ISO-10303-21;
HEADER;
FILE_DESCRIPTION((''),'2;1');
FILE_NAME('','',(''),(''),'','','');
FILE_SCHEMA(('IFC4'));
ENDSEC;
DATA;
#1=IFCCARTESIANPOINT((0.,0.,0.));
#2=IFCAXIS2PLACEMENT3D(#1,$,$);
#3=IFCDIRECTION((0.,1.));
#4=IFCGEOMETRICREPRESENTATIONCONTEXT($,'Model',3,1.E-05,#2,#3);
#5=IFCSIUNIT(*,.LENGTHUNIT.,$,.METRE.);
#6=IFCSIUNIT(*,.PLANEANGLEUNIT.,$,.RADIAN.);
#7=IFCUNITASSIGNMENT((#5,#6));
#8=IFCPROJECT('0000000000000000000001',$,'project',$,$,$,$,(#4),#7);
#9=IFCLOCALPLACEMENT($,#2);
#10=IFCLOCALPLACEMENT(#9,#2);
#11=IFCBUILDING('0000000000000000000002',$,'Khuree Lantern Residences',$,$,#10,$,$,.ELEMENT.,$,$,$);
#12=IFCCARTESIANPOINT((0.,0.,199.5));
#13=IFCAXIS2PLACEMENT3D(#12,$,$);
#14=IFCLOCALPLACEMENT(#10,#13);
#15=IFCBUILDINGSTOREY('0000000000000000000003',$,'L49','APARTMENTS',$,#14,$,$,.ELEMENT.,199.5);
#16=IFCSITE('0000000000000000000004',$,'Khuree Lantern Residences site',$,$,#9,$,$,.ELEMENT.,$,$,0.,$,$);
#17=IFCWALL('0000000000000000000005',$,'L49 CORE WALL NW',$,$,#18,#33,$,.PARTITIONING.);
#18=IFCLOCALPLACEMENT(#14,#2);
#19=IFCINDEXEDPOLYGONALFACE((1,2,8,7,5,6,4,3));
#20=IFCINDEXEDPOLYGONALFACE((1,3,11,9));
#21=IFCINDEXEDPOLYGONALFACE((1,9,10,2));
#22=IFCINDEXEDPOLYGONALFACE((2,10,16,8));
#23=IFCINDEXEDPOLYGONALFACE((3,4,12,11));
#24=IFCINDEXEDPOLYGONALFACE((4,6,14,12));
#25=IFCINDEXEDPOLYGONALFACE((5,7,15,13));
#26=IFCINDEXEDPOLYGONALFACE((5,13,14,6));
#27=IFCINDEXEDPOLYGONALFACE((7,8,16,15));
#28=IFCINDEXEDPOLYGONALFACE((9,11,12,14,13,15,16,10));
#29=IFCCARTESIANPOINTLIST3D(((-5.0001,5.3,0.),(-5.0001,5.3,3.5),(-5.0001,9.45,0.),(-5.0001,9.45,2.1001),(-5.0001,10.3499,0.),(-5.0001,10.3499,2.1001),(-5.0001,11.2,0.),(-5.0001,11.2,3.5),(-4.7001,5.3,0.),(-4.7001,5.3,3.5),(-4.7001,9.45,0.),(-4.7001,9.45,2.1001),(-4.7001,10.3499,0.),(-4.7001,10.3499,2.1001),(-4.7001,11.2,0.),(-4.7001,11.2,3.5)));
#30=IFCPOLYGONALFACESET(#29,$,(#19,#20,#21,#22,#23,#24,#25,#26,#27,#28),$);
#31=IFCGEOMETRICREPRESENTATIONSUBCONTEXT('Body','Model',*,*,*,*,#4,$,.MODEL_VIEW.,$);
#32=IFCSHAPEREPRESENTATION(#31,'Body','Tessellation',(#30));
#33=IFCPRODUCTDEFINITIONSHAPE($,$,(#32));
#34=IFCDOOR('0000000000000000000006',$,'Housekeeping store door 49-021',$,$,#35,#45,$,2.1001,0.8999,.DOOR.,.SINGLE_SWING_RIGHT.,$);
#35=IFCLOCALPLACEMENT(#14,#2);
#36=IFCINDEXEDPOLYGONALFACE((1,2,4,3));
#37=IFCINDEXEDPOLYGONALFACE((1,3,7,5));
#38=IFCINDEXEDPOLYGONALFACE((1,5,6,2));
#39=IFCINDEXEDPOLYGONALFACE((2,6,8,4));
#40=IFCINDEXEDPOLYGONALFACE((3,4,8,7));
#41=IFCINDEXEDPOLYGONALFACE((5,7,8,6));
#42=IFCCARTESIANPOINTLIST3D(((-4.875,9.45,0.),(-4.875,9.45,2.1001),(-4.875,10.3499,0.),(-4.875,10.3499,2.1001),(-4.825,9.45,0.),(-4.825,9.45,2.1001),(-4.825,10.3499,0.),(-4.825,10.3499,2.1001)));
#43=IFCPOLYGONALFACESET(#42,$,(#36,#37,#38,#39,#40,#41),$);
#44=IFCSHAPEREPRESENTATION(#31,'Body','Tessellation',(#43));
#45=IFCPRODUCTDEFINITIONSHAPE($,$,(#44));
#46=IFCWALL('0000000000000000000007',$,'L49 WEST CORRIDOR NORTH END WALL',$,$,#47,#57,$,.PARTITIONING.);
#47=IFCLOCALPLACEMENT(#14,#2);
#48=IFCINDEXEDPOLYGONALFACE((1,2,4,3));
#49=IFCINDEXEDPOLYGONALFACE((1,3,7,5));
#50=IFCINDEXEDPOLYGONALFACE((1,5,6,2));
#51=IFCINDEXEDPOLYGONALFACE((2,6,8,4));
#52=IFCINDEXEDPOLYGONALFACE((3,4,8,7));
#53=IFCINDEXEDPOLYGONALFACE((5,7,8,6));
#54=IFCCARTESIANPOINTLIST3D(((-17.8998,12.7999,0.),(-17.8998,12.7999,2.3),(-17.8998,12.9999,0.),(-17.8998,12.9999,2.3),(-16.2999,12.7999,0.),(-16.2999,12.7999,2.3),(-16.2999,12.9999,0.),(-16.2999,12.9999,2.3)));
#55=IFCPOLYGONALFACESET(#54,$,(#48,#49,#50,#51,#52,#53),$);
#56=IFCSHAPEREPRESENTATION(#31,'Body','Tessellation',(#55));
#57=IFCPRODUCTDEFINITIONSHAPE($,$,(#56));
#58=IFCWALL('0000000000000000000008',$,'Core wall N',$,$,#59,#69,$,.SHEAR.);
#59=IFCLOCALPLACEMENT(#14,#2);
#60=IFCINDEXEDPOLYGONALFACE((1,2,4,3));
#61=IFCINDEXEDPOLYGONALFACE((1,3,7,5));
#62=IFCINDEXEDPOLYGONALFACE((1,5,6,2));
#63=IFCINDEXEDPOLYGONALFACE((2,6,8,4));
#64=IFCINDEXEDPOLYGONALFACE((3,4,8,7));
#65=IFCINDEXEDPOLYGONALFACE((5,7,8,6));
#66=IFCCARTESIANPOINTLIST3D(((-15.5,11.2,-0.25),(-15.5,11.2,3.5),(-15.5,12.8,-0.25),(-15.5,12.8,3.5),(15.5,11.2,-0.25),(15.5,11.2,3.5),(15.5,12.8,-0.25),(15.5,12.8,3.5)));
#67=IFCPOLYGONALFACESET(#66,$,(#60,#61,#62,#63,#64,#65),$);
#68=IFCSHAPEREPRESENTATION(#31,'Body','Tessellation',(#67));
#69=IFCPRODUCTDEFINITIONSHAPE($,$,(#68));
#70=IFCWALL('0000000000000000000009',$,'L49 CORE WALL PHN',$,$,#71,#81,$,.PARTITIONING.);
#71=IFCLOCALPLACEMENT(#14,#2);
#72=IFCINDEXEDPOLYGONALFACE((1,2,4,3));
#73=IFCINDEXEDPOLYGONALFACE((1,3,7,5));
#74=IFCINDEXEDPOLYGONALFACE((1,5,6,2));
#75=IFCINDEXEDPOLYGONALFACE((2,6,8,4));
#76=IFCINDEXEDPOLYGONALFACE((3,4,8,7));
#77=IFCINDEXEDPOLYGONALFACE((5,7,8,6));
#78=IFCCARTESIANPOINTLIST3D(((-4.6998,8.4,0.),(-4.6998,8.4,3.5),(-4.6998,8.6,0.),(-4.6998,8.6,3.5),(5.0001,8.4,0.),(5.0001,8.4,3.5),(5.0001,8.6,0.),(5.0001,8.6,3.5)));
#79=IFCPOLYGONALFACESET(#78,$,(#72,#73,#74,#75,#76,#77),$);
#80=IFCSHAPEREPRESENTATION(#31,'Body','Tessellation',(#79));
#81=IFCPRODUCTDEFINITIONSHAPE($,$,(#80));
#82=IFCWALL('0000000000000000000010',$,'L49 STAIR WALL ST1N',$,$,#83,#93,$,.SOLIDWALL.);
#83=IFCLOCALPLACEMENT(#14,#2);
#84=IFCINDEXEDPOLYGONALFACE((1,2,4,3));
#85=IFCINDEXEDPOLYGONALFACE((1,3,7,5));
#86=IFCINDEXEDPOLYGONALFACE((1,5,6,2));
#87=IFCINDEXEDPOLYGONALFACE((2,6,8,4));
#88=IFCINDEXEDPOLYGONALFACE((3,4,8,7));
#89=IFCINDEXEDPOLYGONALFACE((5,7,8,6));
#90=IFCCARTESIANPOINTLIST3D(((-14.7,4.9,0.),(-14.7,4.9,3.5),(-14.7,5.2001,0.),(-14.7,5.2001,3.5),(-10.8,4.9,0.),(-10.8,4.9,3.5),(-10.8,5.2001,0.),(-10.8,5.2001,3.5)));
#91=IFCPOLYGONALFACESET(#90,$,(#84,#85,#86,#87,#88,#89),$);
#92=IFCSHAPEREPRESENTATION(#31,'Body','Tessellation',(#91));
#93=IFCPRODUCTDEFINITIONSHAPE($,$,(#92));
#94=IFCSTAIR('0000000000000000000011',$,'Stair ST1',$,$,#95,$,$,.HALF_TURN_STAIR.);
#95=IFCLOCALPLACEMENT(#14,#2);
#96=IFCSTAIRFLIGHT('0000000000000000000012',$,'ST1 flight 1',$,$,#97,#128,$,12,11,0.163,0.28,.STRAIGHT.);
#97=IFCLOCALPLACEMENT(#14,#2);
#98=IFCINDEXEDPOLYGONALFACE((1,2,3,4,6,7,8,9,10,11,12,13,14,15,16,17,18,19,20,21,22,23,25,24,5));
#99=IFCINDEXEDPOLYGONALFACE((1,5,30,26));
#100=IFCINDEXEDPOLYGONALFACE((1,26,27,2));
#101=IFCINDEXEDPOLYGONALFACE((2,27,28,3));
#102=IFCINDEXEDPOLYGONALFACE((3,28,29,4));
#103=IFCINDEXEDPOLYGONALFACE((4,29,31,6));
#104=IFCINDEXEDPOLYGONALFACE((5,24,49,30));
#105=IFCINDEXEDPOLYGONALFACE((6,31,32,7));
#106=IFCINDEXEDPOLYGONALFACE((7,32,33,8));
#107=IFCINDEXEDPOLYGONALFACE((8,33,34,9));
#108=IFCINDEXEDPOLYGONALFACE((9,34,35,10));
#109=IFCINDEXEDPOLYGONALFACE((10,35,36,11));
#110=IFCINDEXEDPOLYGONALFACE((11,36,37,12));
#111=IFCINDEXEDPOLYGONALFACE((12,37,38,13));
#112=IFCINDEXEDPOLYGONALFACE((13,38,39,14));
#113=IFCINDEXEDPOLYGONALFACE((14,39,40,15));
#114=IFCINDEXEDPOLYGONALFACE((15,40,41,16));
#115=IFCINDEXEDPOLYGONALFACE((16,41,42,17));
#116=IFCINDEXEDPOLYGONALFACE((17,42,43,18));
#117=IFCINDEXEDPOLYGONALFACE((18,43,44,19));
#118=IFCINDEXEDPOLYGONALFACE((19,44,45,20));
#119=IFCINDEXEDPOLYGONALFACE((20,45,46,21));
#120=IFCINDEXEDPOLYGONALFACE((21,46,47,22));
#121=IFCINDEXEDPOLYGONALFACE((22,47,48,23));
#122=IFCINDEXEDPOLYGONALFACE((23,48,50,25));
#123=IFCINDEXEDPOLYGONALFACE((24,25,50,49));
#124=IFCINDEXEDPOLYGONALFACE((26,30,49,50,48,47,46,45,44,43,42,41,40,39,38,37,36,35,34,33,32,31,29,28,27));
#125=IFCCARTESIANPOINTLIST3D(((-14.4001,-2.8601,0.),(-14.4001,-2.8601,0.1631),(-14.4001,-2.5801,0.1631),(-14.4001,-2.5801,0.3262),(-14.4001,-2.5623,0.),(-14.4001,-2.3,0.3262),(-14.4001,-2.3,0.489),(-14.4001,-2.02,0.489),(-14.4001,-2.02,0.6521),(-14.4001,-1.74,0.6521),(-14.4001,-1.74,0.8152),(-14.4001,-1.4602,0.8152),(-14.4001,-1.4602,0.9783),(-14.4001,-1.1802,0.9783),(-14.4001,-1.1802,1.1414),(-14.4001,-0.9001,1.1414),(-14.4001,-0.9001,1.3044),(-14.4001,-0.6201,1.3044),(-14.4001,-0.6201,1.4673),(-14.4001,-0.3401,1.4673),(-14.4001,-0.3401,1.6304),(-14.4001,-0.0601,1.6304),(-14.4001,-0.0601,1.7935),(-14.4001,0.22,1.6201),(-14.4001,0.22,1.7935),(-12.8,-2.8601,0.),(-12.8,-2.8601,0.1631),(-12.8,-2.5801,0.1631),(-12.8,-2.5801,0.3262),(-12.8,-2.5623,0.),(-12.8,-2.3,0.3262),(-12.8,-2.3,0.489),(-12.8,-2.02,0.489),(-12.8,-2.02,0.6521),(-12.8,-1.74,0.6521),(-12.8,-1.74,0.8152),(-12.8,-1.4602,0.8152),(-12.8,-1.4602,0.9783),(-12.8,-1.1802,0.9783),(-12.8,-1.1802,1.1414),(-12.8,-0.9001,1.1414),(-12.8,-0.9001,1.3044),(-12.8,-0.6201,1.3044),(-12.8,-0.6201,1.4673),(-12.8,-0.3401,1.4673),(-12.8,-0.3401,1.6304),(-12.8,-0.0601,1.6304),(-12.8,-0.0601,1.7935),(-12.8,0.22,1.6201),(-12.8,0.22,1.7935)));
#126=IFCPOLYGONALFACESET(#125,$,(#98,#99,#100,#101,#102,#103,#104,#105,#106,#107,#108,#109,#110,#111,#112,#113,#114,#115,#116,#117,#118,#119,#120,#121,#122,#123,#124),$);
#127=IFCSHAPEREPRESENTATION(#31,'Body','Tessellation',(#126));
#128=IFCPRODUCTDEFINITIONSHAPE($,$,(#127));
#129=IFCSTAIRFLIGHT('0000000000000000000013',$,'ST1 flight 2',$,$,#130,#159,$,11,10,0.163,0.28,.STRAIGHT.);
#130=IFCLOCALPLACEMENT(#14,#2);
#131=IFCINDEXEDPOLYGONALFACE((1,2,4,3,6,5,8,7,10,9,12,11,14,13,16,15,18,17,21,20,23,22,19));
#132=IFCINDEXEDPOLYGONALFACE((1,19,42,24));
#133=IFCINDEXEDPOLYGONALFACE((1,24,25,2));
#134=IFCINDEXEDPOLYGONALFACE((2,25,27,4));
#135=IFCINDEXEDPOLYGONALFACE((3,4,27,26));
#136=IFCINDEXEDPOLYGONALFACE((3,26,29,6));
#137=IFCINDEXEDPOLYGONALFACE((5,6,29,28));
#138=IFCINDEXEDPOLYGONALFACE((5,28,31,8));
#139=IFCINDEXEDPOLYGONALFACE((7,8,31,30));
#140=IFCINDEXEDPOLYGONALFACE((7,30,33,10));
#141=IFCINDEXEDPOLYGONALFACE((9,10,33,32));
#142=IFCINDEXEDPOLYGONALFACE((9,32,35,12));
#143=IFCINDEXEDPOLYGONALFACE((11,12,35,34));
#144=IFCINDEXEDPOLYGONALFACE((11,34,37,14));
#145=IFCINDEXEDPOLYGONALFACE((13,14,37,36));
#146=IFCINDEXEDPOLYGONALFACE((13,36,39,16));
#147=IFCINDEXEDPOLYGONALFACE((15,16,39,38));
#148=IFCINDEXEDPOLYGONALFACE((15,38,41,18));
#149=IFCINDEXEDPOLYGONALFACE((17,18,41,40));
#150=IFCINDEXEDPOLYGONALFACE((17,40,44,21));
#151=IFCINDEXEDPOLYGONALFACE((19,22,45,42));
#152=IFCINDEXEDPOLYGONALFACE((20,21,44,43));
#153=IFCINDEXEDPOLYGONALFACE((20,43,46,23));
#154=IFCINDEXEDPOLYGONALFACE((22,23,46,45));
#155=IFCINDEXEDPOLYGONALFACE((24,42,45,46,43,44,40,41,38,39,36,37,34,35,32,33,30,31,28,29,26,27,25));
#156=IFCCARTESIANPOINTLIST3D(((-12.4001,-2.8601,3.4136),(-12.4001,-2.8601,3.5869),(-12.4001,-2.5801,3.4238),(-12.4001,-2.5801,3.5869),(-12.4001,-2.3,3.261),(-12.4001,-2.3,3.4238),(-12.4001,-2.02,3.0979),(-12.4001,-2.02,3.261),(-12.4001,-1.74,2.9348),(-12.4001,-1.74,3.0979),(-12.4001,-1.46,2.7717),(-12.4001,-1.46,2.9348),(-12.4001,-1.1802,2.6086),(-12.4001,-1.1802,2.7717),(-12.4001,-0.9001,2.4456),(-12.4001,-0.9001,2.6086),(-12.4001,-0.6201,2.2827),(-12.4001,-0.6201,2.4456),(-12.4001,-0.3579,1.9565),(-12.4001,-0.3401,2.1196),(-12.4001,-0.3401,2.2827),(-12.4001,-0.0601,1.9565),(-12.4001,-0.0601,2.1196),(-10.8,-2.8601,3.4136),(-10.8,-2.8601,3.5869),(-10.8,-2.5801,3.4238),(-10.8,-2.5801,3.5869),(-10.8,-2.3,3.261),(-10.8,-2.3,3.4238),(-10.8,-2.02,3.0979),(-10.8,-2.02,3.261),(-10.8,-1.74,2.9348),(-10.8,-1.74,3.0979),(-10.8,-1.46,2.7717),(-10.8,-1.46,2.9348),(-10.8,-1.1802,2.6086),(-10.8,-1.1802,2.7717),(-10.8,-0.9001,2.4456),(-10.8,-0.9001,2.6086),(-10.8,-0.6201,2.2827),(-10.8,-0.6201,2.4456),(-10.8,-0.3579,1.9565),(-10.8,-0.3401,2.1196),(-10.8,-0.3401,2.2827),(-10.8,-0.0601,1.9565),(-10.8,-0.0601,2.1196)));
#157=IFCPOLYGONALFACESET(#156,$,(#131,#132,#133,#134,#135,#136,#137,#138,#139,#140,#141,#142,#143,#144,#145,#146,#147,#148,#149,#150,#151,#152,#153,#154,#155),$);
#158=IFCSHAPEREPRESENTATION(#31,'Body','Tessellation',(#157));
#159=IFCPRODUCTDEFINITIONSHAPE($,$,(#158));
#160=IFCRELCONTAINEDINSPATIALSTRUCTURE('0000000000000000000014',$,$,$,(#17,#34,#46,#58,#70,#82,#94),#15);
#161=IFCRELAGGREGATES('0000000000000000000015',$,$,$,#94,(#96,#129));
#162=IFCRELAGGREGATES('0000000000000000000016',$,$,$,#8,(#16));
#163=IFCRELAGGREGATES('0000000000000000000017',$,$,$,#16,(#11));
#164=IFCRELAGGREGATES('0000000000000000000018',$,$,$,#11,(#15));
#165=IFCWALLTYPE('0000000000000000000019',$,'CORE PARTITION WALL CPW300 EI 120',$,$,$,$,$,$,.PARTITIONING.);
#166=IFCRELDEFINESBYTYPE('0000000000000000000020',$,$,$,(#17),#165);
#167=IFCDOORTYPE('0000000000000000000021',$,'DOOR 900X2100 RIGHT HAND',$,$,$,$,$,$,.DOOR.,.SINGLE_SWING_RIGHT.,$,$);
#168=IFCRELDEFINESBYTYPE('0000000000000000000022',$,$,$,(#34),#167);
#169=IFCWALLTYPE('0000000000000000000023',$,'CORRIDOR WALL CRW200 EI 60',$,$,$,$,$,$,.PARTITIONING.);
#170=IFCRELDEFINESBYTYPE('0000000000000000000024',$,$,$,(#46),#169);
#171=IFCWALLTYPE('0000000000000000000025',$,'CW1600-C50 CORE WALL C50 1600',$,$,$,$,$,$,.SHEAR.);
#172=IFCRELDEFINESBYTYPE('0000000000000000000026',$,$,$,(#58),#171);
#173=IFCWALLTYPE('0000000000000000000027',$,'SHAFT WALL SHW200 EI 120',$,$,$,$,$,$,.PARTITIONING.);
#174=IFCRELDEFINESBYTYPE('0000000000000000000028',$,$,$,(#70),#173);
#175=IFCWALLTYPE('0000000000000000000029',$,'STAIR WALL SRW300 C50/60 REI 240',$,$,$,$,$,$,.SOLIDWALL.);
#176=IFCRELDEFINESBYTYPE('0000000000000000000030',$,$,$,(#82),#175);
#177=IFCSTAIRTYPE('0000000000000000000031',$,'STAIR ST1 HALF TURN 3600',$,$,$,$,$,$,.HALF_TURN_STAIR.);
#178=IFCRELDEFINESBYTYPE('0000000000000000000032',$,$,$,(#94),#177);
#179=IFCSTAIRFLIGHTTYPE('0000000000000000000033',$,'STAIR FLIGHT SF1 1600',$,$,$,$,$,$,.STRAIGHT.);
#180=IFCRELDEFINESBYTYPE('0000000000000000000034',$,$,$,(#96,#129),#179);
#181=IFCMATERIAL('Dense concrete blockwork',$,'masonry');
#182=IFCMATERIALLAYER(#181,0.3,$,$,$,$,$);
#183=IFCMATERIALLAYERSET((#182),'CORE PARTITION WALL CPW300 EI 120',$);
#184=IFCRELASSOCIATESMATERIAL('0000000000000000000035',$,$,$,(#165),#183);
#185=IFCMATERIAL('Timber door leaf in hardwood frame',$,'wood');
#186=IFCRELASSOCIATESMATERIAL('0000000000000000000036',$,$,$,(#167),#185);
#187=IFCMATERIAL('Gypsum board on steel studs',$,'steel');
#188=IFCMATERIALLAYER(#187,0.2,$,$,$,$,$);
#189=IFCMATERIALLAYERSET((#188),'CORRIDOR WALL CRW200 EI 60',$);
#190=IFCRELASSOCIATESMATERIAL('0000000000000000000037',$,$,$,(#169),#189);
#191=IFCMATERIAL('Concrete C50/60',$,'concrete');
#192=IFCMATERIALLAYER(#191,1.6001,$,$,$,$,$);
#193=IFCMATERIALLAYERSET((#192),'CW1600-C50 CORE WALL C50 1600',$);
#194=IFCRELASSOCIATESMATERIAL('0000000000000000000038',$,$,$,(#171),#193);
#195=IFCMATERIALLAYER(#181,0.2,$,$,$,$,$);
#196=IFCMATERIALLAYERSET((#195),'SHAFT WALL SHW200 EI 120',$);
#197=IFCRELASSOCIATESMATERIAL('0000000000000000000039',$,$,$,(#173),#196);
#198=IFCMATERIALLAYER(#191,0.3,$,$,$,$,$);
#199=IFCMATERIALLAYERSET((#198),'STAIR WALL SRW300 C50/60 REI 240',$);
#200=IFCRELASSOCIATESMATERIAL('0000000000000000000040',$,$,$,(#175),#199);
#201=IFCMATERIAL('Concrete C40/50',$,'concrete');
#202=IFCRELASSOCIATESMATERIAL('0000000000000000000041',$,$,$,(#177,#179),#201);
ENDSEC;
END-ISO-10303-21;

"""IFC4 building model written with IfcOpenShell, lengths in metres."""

from ifc_helpers import new_model, si_unit, direction, frame, frame_2d, origin, place, context, subcontext, project, spatial, polyline, rectangle, outline, extrude, material, layer, layer_set, type_object, element, fill, aggregate, save


model = new_model("IFC4")

# Units and contexts
model_context = context("Model", 3, precision=1e-05, world=origin(), true_north=direction((0.0, 1.0)))
body_context = subcontext(model_context, "Body", "Model", "MODEL_VIEW")
ifc_project = project(units=[si_unit("LENGTHUNIT", "METRE"), si_unit("PLANEANGLEUNIT", "RADIAN")], contexts=[model_context])

# Site, building, storey
site_placement = place(None, origin())
site = spatial("IfcSite", under=ifc_project, at=site_placement, Name="Khuree Lantern Residences site", CompositionType="ELEMENT", RefElevation=0.0)
building_placement = place(site_placement, origin())
building = spatial("IfcBuilding", under=site, at=building_placement, Name="Khuree Lantern Residences", CompositionType="ELEMENT")
storey_placement = place(building_placement, frame((0.0, 0.0, 199.5)))
storey = spatial("IfcBuildingStorey", under=building, at=storey_placement, Name="L49", Description="APARTMENTS", CompositionType="ELEMENT", Elevation=199.5)

# Shared definitions
ifc_material_1 = material(Name="Concrete C50/60", Category="concrete")

# Shared definitions
ifc_material_2 = material(Name="Dense concrete blockwork", Category="masonry")
ifc_layer_1 = layer(ifc_material_2, 0.3)
ifc_layer_set_1 = layer_set([ifc_layer_1], Name="CORE PARTITION WALL CPW300 EI 120")
wall_type_1 = type_object("IfcWallType", Name="CORE PARTITION WALL CPW300 EI 120", PredefinedType="PARTITIONING", material=ifc_layer_set_1)

# Shared definitions
ifc_material_3 = material(Name="Timber door leaf in hardwood frame", Category="wood")
door_type_1 = type_object("IfcDoorType", Name="DOOR 900X2100 RIGHT HAND", OperationType="SINGLE_SWING_RIGHT", PredefinedType="DOOR", material=ifc_material_3)

# Wall, opening, door
wall_1_placement = place(storey_placement, frame((-4.8501, 5.3, 0.0), z_axis=(0.0, 0.0, 1.0), x_axis=(0.0, 1.0, 0.0)))
wall_1 = element("IfcWall", 1, at=wall_1_placement, inside=storey, type_object=wall_type_1, Name="L49 CORE WALL NW", PredefinedType="PARTITIONING", context=body_context, shape_type="SweptSolid", body=[
    extrude(rectangle(XDim=5.8999, YDim=0.3, at=frame_2d((2.95, 0.0))), origin(), (0.0, 0.0, 1.0), 3.5),
])
opening_1_placement = place(wall_1_placement, frame((4.1499, 0.0, 0.0)))
opening_1 = element("IfcOpeningElement", 2, at=opening_1_placement, cuts=wall_1, PredefinedType="OPENING", context=body_context, shape_type="SweptSolid", body=[
    extrude(rectangle(XDim=0.8999, YDim=2.1001, at=frame_2d((0.45, 1.05))), frame((0.0, 0.1602, 0.0), z_axis=(0.0, -1.0, 0.0), x_axis=(1.0, 0.0, 0.0)), (0.0, 0.0, 1.0), 0.3201),
])
door_1_placement = place(opening_1_placement, origin())
door_1 = element("IfcDoor", 3, at=door_1_placement, inside=storey, type_object=door_type_1, Name="Housekeeping store door 49-021", OperationType="SINGLE_SWING_RIGHT", OverallHeight=2.1001, OverallWidth=0.8999, PredefinedType="DOOR", context=body_context, shape_type="SweptSolid", body=[
    extrude(rectangle(XDim=0.8999, YDim=2.1001, at=frame_2d((0.45, 1.05))), frame((0.0, 0.0249, 0.0), z_axis=(0.0, -1.0, 0.0), x_axis=(1.0, 0.0, 0.0)), (0.0, 0.0, 1.0), 0.05),
])
fill(opening_1, door_1)

# Walls
ifc_material_4 = material(Name="Gypsum board on steel studs", Category="steel")
ifc_layer_2 = layer(ifc_material_4, 0.2)
ifc_layer_set_2 = layer_set([ifc_layer_2], Name="CORRIDOR WALL CRW200 EI 60")
wall_type_2 = type_object("IfcWallType", Name="CORRIDOR WALL CRW200 EI 60", PredefinedType="PARTITIONING", material=ifc_layer_set_2)
wall_2_placement = place(storey_placement, frame((-16.3, 12.8999, 0.0), z_axis=(0.0, 0.0, 1.0), x_axis=(-1.0, 0.0, 0.0)))
element("IfcWall", 4, at=wall_2_placement, inside=storey, type_object=wall_type_2, Name="L49 WEST CORRIDOR NORTH END WALL", PredefinedType="PARTITIONING", context=body_context, shape_type="SweptSolid", body=[
    extrude(rectangle(XDim=1.5999, YDim=0.2, at=frame_2d((0.7998, 0.0))), origin(), (0.0, 0.0, 1.0), 2.3),
])
ifc_layer_3 = layer(ifc_material_1, 1.6001)
ifc_layer_set_3 = layer_set([ifc_layer_3], Name="CW1600-C50 CORE WALL C50 1600")
wall_type_3 = type_object("IfcWallType", Name="CW1600-C50 CORE WALL C50 1600", PredefinedType="SHEAR", material=ifc_layer_set_3)
wall_3_placement = place(storey_placement, frame((-15.5, 12.0, -0.25), z_axis=(0.0, 0.0, 1.0), x_axis=(1.0, 0.0, 0.0)))
element("IfcWall", 5, at=wall_3_placement, inside=storey, type_object=wall_type_3, Name="Core wall N", PredefinedType="SHEAR", context=body_context, shape_type="SweptSolid", body=[
    extrude(rectangle(XDim=31.0, YDim=1.6001, at=frame_2d((15.5, 0.0))), origin(), (0.0, 0.0, 1.0), 3.75),
])
ifc_layer_4 = layer(ifc_material_2, 0.2)
ifc_layer_set_4 = layer_set([ifc_layer_4], Name="SHAFT WALL SHW200 EI 120")
wall_type_4 = type_object("IfcWallType", Name="SHAFT WALL SHW200 EI 120", PredefinedType="PARTITIONING", material=ifc_layer_set_4)
wall_4_placement = place(storey_placement, frame((-4.7, 8.5, 0.0), z_axis=(0.0, 0.0, 1.0), x_axis=(1.0, 0.0, 0.0)))
element("IfcWall", 6, at=wall_4_placement, inside=storey, type_object=wall_type_4, Name="L49 CORE WALL PHN", PredefinedType="PARTITIONING", context=body_context, shape_type="SweptSolid", body=[
    extrude(rectangle(XDim=9.7, YDim=0.2, at=frame_2d((4.8501, 0.0))), origin(), (0.0, 0.0, 1.0), 3.5),
])
ifc_layer_5 = layer(ifc_material_1, 0.3)
ifc_layer_set_5 = layer_set([ifc_layer_5], Name="STAIR WALL SRW300 C50/60 REI 240")
wall_type_5 = type_object("IfcWallType", Name="STAIR WALL SRW300 C50/60 REI 240", PredefinedType="SOLIDWALL", material=ifc_layer_set_5)
wall_5_placement = place(storey_placement, frame((-14.7, 5.05, 0.0), z_axis=(0.0, 0.0, 1.0), x_axis=(1.0, 0.0, 0.0)))
element("IfcWall", 7, at=wall_5_placement, inside=storey, type_object=wall_type_5, Name="L49 STAIR WALL ST1N", PredefinedType="SOLIDWALL", context=body_context, shape_type="SweptSolid", body=[
    extrude(rectangle(XDim=3.8999, YDim=0.3, at=frame_2d((1.95, 0.0))), origin(), (0.0, 0.0, 1.0), 3.5),
])

# Stair, stair flights
ifc_material_5 = material(Name="Concrete C40/50", Category="concrete")
stair_type = type_object("IfcStairType", Name="STAIR ST1 HALF TURN 3600", PredefinedType="HALF_TURN_STAIR", material=ifc_material_5)
stair_placement = place(storey_placement, origin())
stair = element("IfcStair", 8, at=stair_placement, inside=storey, type_object=stair_type, Name="Stair ST1", PredefinedType="HALF_TURN_STAIR")
stair_flight_type = type_object("IfcStairFlightType", Name="STAIR FLIGHT SF1 1600", PredefinedType="STRAIGHT", material=ifc_material_5)
stair_flight_1_placement = place(storey_placement, frame((-13.6001, -2.8601, 0.0), z_axis=(0.0, 0.0, 1.0), x_axis=(0.0, 1.0, 0.0)))
stair_flight_1 = element("IfcStairFlight", 9, at=stair_flight_1_placement, type_object=stair_flight_type, Name="ST1 flight 1", NumberOfRisers=12, NumberOfTreads=11, PredefinedType="STRAIGHT", RiserHeight=0.163, TreadLength=0.28, context=body_context, shape_type="SweptSolid", body=[
    extrude(outline(polyline([(0.0, 0.0), (0.0, 0.1631), (0.28, 0.1631), (0.28, 0.3262), (0.5601, 0.3262), (0.5601, 0.489), (0.8401, 0.489), (0.8401, 0.6521), (1.1201, 0.6521), (1.1201, 0.8152), (1.3999, 0.8152), (1.3999, 0.9783), (1.6799, 0.9783), (1.6799, 1.1414), (1.96, 1.1414), (1.96, 1.3044), (2.24, 1.3044), (2.24, 1.4673), (2.52, 1.4673), (2.52, 1.6304), (2.8, 1.6304), (2.8, 1.7935), (3.0801, 1.7935), (3.0801, 1.9565), (3.0801, 1.6201), (0.2979, 0.0), (0.0, 0.0)])), frame((0.0, 0.8, 0.0), z_axis=(0.0, -1.0, 0.0), x_axis=(1.0, 0.0, 0.0)), (0.0, 0.0, 1.0), 1.6001),
])
stair_flight_2_placement = place(storey_placement, frame((-11.6001, -0.0601, 1.9565), z_axis=(0.0, 0.0, 1.0), x_axis=(0.0, -1.0, 0.0)))
stair_flight_2 = element("IfcStairFlight", 10, at=stair_flight_2_placement, type_object=stair_flight_type, Name="ST1 flight 2", NumberOfRisers=11, NumberOfTreads=10, PredefinedType="STRAIGHT", RiserHeight=0.163, TreadLength=0.28, context=body_context, shape_type="SweptSolid", body=[
    extrude(outline(polyline([(0.0, 0.0), (0.0, 0.1631), (0.28, 0.1631), (0.28, 0.3262), (0.5601, 0.3262), (0.5601, 0.489), (0.8401, 0.489), (0.8401, 0.6521), (1.1201, 0.6521), (1.1201, 0.8152), (1.3999, 0.8152), (1.3999, 0.9783), (1.6799, 0.9783), (1.6799, 1.1414), (1.96, 1.1414), (1.96, 1.3044), (2.24, 1.3044), (2.24, 1.4673), (2.52, 1.4673), (2.52, 1.6304), (2.8, 1.6304), (2.8, 1.7935), (2.8, 1.457), (0.2979, 0.0), (0.0, 0.0)])), frame((0.0, 0.8, 0.0), z_axis=(0.0, -1.0, 0.0), x_axis=(1.0, 0.0, 0.0)), (0.0, 0.0, 1.0), 1.6001),
])
aggregate(stair, [stair_flight_1, stair_flight_2])

save(model, "model.ifc")
